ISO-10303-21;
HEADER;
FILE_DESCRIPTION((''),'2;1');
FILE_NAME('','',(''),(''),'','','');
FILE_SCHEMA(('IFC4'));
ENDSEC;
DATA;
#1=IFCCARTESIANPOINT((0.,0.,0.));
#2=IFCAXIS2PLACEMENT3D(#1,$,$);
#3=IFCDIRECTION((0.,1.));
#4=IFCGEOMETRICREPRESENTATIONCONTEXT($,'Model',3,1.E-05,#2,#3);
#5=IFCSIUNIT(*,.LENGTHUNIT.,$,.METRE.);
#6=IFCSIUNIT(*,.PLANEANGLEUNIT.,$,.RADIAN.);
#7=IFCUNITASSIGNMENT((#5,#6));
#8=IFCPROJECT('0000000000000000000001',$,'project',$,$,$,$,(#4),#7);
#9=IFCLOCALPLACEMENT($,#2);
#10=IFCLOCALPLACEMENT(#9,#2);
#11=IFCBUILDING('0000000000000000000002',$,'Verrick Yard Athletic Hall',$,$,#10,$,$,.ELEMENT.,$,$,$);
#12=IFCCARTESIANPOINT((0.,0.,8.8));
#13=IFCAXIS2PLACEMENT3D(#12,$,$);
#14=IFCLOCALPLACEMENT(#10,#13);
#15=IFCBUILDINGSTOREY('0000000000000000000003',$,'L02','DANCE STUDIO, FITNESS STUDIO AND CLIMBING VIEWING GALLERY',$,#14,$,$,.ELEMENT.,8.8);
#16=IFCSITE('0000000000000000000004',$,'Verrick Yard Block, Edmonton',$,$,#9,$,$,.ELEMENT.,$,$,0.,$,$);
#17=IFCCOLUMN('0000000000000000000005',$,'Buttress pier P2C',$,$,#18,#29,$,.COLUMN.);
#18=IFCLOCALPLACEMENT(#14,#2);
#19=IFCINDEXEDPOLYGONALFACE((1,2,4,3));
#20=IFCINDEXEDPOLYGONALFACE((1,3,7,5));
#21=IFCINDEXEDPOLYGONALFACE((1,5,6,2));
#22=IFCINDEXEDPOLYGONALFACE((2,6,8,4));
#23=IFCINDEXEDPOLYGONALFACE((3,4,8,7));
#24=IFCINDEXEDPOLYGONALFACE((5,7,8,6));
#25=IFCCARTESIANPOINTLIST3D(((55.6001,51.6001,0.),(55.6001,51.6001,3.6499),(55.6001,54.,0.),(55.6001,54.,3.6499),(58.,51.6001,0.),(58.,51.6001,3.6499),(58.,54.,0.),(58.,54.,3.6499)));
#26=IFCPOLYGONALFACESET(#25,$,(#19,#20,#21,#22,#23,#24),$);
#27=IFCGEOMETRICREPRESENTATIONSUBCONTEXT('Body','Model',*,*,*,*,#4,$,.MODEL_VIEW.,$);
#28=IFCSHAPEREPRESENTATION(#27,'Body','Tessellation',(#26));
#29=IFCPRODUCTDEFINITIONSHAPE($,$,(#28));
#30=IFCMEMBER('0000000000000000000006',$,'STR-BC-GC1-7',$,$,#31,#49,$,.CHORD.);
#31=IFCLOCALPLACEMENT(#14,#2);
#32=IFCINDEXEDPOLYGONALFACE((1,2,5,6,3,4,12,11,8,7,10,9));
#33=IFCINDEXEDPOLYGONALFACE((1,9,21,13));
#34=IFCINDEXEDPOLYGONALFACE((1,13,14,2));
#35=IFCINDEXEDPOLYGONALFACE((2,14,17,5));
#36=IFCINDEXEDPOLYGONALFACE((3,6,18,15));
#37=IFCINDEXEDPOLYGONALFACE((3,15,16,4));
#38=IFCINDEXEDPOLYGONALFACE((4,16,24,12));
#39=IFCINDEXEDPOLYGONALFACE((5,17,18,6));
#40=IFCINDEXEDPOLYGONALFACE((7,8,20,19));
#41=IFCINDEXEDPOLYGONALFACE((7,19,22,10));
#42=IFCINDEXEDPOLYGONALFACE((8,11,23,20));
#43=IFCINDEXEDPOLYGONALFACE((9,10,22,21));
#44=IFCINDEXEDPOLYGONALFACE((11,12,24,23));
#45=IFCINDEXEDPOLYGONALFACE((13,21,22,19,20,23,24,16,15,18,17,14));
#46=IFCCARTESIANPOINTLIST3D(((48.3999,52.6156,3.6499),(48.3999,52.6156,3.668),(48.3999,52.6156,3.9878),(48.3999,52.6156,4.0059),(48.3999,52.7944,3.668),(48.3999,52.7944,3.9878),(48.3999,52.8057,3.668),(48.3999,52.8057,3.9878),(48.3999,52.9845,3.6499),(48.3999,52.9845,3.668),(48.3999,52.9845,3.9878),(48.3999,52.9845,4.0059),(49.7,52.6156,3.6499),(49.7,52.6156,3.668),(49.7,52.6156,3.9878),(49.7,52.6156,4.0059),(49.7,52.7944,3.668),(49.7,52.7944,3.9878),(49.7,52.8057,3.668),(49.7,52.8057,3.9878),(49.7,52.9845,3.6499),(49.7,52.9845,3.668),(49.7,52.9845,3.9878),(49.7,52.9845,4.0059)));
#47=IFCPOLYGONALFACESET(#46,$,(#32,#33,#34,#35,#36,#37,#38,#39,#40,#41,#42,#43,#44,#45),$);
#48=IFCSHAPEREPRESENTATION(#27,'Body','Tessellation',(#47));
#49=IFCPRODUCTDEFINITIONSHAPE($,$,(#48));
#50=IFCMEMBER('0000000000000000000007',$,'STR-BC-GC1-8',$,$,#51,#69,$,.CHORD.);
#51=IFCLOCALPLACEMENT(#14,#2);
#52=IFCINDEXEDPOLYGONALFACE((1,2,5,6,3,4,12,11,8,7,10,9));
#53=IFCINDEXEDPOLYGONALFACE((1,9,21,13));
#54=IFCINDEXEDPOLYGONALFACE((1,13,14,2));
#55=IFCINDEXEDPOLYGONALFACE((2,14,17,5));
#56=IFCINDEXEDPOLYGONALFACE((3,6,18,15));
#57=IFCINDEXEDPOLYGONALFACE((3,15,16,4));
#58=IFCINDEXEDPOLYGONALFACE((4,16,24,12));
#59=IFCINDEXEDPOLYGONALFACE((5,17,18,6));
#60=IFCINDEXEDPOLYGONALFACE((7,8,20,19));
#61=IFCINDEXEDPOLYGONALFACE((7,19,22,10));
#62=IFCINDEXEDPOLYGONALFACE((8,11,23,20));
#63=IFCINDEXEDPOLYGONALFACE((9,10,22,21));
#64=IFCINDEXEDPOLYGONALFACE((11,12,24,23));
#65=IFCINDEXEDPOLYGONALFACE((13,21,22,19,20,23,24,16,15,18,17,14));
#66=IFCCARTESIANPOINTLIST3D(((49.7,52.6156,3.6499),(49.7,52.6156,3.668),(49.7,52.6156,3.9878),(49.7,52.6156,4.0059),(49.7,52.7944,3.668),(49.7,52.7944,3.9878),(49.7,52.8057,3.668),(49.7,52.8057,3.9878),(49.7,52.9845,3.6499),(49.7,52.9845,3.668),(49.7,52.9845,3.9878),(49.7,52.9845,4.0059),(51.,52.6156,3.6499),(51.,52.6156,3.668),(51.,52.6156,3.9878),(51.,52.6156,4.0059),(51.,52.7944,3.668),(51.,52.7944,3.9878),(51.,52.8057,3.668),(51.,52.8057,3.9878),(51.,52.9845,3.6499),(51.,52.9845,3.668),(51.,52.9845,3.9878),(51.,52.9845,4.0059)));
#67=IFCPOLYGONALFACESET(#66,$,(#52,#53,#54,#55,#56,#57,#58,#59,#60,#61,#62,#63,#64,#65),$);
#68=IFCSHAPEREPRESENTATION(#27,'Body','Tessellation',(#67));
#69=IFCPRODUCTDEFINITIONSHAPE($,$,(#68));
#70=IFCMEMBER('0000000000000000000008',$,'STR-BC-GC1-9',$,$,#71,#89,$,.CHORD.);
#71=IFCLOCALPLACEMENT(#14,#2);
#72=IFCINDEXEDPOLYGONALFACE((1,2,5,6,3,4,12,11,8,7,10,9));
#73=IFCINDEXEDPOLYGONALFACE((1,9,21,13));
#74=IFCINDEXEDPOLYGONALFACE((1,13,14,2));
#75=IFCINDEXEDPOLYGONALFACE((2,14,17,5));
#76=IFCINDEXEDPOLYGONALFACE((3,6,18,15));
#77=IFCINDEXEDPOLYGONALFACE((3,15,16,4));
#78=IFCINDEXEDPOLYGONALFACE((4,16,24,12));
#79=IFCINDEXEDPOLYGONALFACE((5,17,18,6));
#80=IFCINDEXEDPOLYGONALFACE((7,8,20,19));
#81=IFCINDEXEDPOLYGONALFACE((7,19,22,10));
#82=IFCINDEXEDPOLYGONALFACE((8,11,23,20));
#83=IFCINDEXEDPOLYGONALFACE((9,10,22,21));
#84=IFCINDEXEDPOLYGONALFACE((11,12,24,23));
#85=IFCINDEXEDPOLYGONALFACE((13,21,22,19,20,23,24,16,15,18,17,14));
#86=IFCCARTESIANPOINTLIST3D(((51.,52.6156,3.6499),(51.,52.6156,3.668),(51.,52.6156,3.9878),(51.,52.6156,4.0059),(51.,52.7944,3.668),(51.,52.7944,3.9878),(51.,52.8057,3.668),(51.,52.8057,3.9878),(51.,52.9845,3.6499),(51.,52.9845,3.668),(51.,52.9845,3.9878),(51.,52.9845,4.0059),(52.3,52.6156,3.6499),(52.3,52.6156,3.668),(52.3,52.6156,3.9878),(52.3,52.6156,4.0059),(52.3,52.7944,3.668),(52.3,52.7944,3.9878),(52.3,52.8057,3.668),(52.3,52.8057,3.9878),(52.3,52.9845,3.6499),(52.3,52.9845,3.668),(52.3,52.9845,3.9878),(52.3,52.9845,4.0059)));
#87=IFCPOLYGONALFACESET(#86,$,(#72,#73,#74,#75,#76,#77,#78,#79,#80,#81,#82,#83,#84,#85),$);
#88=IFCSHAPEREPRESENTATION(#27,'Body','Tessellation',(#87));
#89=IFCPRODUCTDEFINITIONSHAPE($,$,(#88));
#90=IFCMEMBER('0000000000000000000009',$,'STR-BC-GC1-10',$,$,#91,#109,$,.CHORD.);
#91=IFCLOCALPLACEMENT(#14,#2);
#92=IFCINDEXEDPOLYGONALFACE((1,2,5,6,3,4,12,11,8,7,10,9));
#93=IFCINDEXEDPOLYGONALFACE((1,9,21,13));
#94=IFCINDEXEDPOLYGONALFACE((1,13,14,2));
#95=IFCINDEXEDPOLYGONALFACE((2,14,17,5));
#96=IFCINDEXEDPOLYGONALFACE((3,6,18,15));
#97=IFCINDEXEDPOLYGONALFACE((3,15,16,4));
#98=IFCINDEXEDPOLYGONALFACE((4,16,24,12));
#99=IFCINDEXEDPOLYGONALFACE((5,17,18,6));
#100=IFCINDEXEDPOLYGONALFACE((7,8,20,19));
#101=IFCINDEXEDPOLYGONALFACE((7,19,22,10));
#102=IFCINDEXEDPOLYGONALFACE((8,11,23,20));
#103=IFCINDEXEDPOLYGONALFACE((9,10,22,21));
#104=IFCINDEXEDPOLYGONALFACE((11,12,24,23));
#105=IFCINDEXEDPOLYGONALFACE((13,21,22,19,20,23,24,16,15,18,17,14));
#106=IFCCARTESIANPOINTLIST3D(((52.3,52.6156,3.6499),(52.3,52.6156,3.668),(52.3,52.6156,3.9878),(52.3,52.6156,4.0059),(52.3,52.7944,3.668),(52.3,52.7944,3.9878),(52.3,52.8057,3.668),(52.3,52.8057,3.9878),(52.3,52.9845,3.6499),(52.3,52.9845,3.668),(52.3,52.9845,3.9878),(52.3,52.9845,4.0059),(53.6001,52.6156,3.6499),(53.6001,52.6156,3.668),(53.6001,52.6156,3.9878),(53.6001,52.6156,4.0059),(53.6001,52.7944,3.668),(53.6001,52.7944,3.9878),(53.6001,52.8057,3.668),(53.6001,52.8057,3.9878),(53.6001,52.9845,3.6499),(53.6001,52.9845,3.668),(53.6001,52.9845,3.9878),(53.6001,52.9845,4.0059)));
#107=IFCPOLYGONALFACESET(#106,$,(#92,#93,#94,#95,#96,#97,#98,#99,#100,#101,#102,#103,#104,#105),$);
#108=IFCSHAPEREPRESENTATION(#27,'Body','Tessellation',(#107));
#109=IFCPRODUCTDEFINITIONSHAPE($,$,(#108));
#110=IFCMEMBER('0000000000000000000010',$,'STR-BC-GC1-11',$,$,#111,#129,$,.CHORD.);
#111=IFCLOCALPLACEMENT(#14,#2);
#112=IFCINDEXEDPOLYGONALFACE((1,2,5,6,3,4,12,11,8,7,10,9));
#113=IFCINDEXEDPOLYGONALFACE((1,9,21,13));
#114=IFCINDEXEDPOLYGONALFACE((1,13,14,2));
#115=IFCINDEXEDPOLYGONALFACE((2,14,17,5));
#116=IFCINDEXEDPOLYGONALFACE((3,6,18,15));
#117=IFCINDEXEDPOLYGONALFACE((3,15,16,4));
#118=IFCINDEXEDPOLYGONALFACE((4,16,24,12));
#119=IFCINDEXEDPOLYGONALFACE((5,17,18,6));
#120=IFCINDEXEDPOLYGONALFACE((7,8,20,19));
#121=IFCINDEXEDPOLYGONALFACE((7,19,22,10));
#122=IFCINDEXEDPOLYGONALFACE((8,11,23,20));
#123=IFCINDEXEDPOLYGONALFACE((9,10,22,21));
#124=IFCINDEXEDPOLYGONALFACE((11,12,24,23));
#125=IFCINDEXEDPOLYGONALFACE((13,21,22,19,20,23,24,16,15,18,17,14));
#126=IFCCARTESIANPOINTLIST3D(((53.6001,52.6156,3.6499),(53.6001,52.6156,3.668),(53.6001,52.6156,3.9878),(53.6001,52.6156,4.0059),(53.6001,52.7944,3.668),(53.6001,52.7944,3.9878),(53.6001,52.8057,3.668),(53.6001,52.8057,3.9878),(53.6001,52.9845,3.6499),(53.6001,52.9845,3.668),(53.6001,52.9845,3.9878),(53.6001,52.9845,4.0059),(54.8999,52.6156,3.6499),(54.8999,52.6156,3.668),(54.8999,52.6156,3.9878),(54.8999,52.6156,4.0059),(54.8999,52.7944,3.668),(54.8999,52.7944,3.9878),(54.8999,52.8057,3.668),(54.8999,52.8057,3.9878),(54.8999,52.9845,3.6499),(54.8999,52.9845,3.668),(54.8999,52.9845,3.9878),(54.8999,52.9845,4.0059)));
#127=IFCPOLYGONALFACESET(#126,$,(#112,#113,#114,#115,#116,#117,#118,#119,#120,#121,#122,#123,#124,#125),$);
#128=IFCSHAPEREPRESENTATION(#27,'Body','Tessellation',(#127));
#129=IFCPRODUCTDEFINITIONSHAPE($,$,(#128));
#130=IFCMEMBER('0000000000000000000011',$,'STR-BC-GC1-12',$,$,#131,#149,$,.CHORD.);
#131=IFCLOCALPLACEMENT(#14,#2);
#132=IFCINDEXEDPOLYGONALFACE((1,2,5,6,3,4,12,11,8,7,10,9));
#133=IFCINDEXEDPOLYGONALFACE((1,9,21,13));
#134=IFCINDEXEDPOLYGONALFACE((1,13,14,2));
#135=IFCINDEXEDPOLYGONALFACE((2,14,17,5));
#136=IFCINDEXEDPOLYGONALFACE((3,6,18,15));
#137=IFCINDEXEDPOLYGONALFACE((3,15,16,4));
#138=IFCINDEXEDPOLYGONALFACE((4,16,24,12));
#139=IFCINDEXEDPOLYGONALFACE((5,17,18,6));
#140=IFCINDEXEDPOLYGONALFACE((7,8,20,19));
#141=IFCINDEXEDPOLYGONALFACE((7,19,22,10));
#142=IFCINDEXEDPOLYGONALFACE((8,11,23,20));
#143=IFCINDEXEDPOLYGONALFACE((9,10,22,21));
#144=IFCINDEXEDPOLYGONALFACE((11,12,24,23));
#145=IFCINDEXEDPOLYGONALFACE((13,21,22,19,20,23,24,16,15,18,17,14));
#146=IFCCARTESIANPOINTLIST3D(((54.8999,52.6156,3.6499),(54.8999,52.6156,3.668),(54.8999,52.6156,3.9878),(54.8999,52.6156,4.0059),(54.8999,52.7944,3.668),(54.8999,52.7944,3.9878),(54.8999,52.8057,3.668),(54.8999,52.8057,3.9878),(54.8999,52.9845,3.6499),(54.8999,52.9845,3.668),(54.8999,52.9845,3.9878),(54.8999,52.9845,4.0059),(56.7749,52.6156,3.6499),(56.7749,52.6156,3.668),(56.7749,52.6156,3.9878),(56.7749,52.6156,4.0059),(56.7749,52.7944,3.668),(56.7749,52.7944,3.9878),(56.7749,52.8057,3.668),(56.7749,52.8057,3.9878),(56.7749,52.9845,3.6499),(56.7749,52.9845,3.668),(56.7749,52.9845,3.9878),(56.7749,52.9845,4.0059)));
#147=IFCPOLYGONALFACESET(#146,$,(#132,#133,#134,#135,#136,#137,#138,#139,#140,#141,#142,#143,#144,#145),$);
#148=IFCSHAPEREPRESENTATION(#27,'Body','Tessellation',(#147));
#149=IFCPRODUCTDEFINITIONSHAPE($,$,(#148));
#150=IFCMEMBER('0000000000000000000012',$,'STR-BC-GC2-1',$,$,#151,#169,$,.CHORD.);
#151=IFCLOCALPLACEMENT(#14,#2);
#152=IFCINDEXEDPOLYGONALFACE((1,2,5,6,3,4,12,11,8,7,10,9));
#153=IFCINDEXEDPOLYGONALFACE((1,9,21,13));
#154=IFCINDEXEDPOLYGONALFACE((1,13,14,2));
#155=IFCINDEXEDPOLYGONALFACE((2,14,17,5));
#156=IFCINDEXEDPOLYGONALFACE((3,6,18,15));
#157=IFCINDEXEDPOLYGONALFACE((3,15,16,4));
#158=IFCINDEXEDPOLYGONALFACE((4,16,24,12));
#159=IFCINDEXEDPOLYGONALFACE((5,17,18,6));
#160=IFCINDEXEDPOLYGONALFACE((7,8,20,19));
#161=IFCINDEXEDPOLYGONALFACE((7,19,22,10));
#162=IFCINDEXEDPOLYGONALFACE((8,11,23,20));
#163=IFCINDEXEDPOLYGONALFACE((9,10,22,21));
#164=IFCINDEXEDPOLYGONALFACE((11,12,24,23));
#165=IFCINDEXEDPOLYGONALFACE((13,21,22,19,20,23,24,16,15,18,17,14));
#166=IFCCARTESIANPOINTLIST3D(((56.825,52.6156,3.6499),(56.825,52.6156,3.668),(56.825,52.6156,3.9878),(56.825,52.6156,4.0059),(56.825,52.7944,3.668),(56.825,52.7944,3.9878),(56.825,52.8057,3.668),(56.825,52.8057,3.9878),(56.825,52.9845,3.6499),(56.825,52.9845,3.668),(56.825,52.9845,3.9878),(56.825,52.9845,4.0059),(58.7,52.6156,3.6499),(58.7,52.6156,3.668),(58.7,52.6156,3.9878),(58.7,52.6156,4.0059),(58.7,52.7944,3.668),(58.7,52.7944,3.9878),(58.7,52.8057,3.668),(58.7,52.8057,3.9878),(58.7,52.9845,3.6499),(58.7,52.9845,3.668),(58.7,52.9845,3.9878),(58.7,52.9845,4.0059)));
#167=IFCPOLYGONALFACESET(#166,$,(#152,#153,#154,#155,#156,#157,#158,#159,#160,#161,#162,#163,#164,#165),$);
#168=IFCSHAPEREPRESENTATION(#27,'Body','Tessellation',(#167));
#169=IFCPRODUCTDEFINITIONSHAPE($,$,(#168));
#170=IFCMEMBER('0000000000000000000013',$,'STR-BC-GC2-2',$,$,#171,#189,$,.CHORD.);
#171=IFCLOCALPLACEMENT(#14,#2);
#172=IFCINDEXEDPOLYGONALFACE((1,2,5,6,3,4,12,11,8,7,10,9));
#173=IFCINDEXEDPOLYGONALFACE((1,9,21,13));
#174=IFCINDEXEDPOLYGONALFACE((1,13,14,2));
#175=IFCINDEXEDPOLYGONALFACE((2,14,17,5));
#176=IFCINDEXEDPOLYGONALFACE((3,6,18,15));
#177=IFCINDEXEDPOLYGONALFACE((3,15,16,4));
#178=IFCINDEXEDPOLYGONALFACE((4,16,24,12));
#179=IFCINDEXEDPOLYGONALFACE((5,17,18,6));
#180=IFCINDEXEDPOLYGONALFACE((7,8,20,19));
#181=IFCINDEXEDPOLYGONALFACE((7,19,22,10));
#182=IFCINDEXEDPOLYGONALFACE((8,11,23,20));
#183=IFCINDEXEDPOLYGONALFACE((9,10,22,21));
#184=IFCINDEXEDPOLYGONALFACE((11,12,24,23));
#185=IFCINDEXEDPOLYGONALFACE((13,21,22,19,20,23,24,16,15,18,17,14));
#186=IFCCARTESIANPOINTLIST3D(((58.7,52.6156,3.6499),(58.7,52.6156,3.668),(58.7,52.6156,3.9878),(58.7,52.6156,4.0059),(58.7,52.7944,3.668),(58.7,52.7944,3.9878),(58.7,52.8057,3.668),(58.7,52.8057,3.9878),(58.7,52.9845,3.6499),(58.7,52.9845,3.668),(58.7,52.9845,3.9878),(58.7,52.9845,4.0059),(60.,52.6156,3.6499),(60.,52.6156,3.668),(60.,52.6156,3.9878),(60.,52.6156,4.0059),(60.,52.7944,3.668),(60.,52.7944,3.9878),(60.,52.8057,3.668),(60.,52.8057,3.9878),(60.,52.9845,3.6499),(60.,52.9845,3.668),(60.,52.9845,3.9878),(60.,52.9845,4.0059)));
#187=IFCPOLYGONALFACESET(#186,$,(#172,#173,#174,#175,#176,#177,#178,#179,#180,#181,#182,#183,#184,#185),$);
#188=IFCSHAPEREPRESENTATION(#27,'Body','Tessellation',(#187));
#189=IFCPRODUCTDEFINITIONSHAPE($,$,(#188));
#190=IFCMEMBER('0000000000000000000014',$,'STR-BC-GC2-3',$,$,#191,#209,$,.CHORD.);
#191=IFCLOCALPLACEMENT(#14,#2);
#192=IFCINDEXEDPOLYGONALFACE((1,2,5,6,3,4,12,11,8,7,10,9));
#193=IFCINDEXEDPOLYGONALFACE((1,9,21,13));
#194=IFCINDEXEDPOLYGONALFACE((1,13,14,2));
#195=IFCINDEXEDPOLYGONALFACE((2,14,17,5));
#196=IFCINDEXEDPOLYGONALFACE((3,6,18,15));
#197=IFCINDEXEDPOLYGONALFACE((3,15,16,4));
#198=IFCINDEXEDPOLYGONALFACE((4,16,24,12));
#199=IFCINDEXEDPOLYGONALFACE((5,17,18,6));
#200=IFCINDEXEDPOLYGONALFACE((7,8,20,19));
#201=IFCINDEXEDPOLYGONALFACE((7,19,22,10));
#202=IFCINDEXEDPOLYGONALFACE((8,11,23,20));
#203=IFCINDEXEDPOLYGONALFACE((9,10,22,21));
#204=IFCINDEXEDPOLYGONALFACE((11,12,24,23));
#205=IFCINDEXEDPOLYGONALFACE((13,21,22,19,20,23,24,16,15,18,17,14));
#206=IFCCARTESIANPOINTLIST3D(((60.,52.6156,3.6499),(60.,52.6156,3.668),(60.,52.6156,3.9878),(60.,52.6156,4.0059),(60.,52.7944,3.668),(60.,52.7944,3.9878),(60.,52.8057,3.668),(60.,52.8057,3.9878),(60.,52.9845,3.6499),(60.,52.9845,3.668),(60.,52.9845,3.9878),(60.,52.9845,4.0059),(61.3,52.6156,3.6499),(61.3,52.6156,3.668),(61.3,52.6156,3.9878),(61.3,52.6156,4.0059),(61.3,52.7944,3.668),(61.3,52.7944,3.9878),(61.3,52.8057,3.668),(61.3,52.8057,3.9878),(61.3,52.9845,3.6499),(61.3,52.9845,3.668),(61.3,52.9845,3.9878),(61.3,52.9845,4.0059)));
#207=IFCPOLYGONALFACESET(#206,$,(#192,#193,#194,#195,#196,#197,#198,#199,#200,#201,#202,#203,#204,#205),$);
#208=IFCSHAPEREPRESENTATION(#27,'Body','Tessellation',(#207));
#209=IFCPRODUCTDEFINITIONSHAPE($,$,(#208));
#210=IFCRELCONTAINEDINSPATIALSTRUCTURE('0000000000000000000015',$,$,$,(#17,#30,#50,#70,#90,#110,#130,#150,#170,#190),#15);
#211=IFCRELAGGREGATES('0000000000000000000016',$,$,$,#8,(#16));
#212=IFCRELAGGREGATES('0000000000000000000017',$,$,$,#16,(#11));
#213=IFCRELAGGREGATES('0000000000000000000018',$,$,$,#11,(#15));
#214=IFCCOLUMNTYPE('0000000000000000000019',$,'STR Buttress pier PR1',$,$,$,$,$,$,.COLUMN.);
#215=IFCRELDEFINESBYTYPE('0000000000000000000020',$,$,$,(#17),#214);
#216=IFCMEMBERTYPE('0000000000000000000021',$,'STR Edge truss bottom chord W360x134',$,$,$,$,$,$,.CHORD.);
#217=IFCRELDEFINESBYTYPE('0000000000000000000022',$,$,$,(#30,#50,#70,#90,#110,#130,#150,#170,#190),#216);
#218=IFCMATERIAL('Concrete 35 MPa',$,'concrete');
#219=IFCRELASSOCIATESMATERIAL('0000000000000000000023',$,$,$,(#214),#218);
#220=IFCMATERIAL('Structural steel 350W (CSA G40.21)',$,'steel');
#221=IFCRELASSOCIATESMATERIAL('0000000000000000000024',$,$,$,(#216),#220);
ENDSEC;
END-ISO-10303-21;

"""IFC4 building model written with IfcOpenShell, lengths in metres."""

from ifc_helpers import new_model, si_unit, direction, frame, origin, origin_2d, place, context, subcontext, project, spatial, rectangle, i_section, extrude, material, material_profile, profile_set, type_object, element, save


model = new_model("IFC4")

# Units and contexts
model_context = context("Model", 3, precision=1e-05, world=origin(), true_north=direction((0.0, 1.0)))
body_context = subcontext(model_context, "Body", "Model", "MODEL_VIEW")
ifc_project = project(units=[si_unit("LENGTHUNIT", "METRE"), si_unit("PLANEANGLEUNIT", "RADIAN")], contexts=[model_context])

# Site, building, storey
site_placement = place(None, origin())
site = spatial("IfcSite", under=ifc_project, at=site_placement, Name="Verrick Yard Block, Edmonton", CompositionType="ELEMENT", RefElevation=0.0)
building_placement = place(site_placement, origin())
building = spatial("IfcBuilding", under=site, at=building_placement, Name="Verrick Yard Athletic Hall", CompositionType="ELEMENT")
storey_placement = place(building_placement, frame((0.0, 0.0, 8.8)))
storey = spatial("IfcBuildingStorey", under=building, at=storey_placement, Name="L02", Description="DANCE STUDIO, FITNESS STUDIO AND CLIMBING VIEWING GALLERY", CompositionType="ELEMENT", Elevation=8.8)

# Column
ifc_material_1 = material(Name="Concrete 35 MPa", Category="concrete")
ifc_material_profile_1 = material_profile(ifc_material_1, rectangle(XDim=2.3999, YDim=2.3999, at=origin_2d()), Name="STR Buttress pier PR1")
ifc_profile_set_1 = profile_set([ifc_material_profile_1], Name="Concrete 35 MPa")
column_type = type_object("IfcColumnType", Name="STR Buttress pier PR1", PredefinedType="COLUMN", material=ifc_profile_set_1)
column_placement = place(storey_placement, frame((56.8, 52.8, 0.0), z_axis=(0.0, 0.0, 1.0), x_axis=(1.0, 0.0, 0.0)))
element("IfcColumn", 1, at=column_placement, inside=storey, type_object=column_type, Name="Buttress pier P2C", PredefinedType="COLUMN", context=body_context, shape_type="SweptSolid", body=[
    extrude(rectangle(XDim=2.3999, YDim=2.3999, at=origin_2d()), origin(), (0.0, 0.0, 1.0), 3.6499),
])

# Members
ifc_material_2 = material(Name="Structural steel 350W (CSA G40.21)", Category="steel")
ifc_material_profile_2 = material_profile(ifc_material_2, i_section(OverallWidth=0.3689, OverallDepth=0.356, WebThickness=0.0112, FlangeThickness=0.0181, at=origin_2d()), Name="W360x134")
ifc_profile_set_2 = profile_set([ifc_material_profile_2], Name="Structural steel 350W (CSA G40.21)")
member_type_1 = type_object("IfcMemberType", Name="STR Edge truss bottom chord W360x134", PredefinedType="CHORD", material=ifc_profile_set_2)
for number, where, z_axis, x_axis, name in (
    (2, (48.3999, 52.8, 3.8279), (1.0, 0.0, 0.0), (0.0, 1.0, 0.0), "STR-BC-GC1-7"),
    (3, (49.7, 52.8, 3.8279), (1.0, 0.0, 0.0), (0.0, 1.0, 0.0), "STR-BC-GC1-8"),
    (4, (51.0, 52.8, 3.8279), (1.0, 0.0, 0.0), (0.0, 1.0, 0.0), "STR-BC-GC1-9"),
    (5, (52.3, 52.8, 3.8279), (1.0, 0.0, 0.0), (0.0, 1.0, 0.0), "STR-BC-GC1-10"),
):
    element("IfcMember", number, at=place(storey_placement, frame(where, z_axis=z_axis, x_axis=x_axis)), inside=storey, type_object=member_type_1, Name=name, PredefinedType="CHORD", context=body_context, shape_type="SweptSolid", body=[
        extrude(i_section(OverallWidth=0.3689, OverallDepth=0.356, WebThickness=0.0112, FlangeThickness=0.0181, at=origin_2d()), origin(), (0.0, 0.0, 1.0), 1.3),
    ])
member_1_placement = place(storey_placement, frame((53.6001, 52.8, 3.8279), z_axis=(1.0, 0.0, 0.0), x_axis=(0.0, 1.0, 0.0)))
element("IfcMember", 6, at=member_1_placement, inside=storey, type_object=member_type_1, Name="STR-BC-GC1-11", PredefinedType="CHORD", context=body_context, shape_type="SweptSolid", body=[
    extrude(i_section(OverallWidth=0.3689, OverallDepth=0.356, WebThickness=0.0112, FlangeThickness=0.0181, at=origin_2d()), origin(), (0.0, 0.0, 1.0), 1.2998),
])
for number, where, z_axis, x_axis, name in (
    (7, (54.8999, 52.8, 3.8279), (1.0, 0.0, 0.0), (0.0, 1.0, 0.0), "STR-BC-GC1-12"),
    (8, (56.825, 52.8, 3.8279), (1.0, 0.0, 0.0), (0.0, 1.0, 0.0), "STR-BC-GC2-1"),
):
    element("IfcMember", number, at=place(storey_placement, frame(where, z_axis=z_axis, x_axis=x_axis)), inside=storey, type_object=member_type_1, Name=name, PredefinedType="CHORD", context=body_context, shape_type="SweptSolid", body=[
        extrude(i_section(OverallWidth=0.3689, OverallDepth=0.356, WebThickness=0.0112, FlangeThickness=0.0181, at=origin_2d()), origin(), (0.0, 0.0, 1.0), 1.875),
    ])
for number, where, z_axis, x_axis, name in (
    (9, (58.7, 52.8, 3.8279), (1.0, 0.0, 0.0), (0.0, 1.0, 0.0), "STR-BC-GC2-2"),
    (10, (60.0, 52.8, 3.8279), (1.0, 0.0, 0.0), (0.0, 1.0, 0.0), "STR-BC-GC2-3"),
):
    element("IfcMember", number, at=place(storey_placement, frame(where, z_axis=z_axis, x_axis=x_axis)), inside=storey, type_object=member_type_1, Name=name, PredefinedType="CHORD", context=body_context, shape_type="SweptSolid", body=[
        extrude(i_section(OverallWidth=0.3689, OverallDepth=0.356, WebThickness=0.0112, FlangeThickness=0.0181, at=origin_2d()), origin(), (0.0, 0.0, 1.0), 1.3),
    ])

save(model, "model.ifc")
